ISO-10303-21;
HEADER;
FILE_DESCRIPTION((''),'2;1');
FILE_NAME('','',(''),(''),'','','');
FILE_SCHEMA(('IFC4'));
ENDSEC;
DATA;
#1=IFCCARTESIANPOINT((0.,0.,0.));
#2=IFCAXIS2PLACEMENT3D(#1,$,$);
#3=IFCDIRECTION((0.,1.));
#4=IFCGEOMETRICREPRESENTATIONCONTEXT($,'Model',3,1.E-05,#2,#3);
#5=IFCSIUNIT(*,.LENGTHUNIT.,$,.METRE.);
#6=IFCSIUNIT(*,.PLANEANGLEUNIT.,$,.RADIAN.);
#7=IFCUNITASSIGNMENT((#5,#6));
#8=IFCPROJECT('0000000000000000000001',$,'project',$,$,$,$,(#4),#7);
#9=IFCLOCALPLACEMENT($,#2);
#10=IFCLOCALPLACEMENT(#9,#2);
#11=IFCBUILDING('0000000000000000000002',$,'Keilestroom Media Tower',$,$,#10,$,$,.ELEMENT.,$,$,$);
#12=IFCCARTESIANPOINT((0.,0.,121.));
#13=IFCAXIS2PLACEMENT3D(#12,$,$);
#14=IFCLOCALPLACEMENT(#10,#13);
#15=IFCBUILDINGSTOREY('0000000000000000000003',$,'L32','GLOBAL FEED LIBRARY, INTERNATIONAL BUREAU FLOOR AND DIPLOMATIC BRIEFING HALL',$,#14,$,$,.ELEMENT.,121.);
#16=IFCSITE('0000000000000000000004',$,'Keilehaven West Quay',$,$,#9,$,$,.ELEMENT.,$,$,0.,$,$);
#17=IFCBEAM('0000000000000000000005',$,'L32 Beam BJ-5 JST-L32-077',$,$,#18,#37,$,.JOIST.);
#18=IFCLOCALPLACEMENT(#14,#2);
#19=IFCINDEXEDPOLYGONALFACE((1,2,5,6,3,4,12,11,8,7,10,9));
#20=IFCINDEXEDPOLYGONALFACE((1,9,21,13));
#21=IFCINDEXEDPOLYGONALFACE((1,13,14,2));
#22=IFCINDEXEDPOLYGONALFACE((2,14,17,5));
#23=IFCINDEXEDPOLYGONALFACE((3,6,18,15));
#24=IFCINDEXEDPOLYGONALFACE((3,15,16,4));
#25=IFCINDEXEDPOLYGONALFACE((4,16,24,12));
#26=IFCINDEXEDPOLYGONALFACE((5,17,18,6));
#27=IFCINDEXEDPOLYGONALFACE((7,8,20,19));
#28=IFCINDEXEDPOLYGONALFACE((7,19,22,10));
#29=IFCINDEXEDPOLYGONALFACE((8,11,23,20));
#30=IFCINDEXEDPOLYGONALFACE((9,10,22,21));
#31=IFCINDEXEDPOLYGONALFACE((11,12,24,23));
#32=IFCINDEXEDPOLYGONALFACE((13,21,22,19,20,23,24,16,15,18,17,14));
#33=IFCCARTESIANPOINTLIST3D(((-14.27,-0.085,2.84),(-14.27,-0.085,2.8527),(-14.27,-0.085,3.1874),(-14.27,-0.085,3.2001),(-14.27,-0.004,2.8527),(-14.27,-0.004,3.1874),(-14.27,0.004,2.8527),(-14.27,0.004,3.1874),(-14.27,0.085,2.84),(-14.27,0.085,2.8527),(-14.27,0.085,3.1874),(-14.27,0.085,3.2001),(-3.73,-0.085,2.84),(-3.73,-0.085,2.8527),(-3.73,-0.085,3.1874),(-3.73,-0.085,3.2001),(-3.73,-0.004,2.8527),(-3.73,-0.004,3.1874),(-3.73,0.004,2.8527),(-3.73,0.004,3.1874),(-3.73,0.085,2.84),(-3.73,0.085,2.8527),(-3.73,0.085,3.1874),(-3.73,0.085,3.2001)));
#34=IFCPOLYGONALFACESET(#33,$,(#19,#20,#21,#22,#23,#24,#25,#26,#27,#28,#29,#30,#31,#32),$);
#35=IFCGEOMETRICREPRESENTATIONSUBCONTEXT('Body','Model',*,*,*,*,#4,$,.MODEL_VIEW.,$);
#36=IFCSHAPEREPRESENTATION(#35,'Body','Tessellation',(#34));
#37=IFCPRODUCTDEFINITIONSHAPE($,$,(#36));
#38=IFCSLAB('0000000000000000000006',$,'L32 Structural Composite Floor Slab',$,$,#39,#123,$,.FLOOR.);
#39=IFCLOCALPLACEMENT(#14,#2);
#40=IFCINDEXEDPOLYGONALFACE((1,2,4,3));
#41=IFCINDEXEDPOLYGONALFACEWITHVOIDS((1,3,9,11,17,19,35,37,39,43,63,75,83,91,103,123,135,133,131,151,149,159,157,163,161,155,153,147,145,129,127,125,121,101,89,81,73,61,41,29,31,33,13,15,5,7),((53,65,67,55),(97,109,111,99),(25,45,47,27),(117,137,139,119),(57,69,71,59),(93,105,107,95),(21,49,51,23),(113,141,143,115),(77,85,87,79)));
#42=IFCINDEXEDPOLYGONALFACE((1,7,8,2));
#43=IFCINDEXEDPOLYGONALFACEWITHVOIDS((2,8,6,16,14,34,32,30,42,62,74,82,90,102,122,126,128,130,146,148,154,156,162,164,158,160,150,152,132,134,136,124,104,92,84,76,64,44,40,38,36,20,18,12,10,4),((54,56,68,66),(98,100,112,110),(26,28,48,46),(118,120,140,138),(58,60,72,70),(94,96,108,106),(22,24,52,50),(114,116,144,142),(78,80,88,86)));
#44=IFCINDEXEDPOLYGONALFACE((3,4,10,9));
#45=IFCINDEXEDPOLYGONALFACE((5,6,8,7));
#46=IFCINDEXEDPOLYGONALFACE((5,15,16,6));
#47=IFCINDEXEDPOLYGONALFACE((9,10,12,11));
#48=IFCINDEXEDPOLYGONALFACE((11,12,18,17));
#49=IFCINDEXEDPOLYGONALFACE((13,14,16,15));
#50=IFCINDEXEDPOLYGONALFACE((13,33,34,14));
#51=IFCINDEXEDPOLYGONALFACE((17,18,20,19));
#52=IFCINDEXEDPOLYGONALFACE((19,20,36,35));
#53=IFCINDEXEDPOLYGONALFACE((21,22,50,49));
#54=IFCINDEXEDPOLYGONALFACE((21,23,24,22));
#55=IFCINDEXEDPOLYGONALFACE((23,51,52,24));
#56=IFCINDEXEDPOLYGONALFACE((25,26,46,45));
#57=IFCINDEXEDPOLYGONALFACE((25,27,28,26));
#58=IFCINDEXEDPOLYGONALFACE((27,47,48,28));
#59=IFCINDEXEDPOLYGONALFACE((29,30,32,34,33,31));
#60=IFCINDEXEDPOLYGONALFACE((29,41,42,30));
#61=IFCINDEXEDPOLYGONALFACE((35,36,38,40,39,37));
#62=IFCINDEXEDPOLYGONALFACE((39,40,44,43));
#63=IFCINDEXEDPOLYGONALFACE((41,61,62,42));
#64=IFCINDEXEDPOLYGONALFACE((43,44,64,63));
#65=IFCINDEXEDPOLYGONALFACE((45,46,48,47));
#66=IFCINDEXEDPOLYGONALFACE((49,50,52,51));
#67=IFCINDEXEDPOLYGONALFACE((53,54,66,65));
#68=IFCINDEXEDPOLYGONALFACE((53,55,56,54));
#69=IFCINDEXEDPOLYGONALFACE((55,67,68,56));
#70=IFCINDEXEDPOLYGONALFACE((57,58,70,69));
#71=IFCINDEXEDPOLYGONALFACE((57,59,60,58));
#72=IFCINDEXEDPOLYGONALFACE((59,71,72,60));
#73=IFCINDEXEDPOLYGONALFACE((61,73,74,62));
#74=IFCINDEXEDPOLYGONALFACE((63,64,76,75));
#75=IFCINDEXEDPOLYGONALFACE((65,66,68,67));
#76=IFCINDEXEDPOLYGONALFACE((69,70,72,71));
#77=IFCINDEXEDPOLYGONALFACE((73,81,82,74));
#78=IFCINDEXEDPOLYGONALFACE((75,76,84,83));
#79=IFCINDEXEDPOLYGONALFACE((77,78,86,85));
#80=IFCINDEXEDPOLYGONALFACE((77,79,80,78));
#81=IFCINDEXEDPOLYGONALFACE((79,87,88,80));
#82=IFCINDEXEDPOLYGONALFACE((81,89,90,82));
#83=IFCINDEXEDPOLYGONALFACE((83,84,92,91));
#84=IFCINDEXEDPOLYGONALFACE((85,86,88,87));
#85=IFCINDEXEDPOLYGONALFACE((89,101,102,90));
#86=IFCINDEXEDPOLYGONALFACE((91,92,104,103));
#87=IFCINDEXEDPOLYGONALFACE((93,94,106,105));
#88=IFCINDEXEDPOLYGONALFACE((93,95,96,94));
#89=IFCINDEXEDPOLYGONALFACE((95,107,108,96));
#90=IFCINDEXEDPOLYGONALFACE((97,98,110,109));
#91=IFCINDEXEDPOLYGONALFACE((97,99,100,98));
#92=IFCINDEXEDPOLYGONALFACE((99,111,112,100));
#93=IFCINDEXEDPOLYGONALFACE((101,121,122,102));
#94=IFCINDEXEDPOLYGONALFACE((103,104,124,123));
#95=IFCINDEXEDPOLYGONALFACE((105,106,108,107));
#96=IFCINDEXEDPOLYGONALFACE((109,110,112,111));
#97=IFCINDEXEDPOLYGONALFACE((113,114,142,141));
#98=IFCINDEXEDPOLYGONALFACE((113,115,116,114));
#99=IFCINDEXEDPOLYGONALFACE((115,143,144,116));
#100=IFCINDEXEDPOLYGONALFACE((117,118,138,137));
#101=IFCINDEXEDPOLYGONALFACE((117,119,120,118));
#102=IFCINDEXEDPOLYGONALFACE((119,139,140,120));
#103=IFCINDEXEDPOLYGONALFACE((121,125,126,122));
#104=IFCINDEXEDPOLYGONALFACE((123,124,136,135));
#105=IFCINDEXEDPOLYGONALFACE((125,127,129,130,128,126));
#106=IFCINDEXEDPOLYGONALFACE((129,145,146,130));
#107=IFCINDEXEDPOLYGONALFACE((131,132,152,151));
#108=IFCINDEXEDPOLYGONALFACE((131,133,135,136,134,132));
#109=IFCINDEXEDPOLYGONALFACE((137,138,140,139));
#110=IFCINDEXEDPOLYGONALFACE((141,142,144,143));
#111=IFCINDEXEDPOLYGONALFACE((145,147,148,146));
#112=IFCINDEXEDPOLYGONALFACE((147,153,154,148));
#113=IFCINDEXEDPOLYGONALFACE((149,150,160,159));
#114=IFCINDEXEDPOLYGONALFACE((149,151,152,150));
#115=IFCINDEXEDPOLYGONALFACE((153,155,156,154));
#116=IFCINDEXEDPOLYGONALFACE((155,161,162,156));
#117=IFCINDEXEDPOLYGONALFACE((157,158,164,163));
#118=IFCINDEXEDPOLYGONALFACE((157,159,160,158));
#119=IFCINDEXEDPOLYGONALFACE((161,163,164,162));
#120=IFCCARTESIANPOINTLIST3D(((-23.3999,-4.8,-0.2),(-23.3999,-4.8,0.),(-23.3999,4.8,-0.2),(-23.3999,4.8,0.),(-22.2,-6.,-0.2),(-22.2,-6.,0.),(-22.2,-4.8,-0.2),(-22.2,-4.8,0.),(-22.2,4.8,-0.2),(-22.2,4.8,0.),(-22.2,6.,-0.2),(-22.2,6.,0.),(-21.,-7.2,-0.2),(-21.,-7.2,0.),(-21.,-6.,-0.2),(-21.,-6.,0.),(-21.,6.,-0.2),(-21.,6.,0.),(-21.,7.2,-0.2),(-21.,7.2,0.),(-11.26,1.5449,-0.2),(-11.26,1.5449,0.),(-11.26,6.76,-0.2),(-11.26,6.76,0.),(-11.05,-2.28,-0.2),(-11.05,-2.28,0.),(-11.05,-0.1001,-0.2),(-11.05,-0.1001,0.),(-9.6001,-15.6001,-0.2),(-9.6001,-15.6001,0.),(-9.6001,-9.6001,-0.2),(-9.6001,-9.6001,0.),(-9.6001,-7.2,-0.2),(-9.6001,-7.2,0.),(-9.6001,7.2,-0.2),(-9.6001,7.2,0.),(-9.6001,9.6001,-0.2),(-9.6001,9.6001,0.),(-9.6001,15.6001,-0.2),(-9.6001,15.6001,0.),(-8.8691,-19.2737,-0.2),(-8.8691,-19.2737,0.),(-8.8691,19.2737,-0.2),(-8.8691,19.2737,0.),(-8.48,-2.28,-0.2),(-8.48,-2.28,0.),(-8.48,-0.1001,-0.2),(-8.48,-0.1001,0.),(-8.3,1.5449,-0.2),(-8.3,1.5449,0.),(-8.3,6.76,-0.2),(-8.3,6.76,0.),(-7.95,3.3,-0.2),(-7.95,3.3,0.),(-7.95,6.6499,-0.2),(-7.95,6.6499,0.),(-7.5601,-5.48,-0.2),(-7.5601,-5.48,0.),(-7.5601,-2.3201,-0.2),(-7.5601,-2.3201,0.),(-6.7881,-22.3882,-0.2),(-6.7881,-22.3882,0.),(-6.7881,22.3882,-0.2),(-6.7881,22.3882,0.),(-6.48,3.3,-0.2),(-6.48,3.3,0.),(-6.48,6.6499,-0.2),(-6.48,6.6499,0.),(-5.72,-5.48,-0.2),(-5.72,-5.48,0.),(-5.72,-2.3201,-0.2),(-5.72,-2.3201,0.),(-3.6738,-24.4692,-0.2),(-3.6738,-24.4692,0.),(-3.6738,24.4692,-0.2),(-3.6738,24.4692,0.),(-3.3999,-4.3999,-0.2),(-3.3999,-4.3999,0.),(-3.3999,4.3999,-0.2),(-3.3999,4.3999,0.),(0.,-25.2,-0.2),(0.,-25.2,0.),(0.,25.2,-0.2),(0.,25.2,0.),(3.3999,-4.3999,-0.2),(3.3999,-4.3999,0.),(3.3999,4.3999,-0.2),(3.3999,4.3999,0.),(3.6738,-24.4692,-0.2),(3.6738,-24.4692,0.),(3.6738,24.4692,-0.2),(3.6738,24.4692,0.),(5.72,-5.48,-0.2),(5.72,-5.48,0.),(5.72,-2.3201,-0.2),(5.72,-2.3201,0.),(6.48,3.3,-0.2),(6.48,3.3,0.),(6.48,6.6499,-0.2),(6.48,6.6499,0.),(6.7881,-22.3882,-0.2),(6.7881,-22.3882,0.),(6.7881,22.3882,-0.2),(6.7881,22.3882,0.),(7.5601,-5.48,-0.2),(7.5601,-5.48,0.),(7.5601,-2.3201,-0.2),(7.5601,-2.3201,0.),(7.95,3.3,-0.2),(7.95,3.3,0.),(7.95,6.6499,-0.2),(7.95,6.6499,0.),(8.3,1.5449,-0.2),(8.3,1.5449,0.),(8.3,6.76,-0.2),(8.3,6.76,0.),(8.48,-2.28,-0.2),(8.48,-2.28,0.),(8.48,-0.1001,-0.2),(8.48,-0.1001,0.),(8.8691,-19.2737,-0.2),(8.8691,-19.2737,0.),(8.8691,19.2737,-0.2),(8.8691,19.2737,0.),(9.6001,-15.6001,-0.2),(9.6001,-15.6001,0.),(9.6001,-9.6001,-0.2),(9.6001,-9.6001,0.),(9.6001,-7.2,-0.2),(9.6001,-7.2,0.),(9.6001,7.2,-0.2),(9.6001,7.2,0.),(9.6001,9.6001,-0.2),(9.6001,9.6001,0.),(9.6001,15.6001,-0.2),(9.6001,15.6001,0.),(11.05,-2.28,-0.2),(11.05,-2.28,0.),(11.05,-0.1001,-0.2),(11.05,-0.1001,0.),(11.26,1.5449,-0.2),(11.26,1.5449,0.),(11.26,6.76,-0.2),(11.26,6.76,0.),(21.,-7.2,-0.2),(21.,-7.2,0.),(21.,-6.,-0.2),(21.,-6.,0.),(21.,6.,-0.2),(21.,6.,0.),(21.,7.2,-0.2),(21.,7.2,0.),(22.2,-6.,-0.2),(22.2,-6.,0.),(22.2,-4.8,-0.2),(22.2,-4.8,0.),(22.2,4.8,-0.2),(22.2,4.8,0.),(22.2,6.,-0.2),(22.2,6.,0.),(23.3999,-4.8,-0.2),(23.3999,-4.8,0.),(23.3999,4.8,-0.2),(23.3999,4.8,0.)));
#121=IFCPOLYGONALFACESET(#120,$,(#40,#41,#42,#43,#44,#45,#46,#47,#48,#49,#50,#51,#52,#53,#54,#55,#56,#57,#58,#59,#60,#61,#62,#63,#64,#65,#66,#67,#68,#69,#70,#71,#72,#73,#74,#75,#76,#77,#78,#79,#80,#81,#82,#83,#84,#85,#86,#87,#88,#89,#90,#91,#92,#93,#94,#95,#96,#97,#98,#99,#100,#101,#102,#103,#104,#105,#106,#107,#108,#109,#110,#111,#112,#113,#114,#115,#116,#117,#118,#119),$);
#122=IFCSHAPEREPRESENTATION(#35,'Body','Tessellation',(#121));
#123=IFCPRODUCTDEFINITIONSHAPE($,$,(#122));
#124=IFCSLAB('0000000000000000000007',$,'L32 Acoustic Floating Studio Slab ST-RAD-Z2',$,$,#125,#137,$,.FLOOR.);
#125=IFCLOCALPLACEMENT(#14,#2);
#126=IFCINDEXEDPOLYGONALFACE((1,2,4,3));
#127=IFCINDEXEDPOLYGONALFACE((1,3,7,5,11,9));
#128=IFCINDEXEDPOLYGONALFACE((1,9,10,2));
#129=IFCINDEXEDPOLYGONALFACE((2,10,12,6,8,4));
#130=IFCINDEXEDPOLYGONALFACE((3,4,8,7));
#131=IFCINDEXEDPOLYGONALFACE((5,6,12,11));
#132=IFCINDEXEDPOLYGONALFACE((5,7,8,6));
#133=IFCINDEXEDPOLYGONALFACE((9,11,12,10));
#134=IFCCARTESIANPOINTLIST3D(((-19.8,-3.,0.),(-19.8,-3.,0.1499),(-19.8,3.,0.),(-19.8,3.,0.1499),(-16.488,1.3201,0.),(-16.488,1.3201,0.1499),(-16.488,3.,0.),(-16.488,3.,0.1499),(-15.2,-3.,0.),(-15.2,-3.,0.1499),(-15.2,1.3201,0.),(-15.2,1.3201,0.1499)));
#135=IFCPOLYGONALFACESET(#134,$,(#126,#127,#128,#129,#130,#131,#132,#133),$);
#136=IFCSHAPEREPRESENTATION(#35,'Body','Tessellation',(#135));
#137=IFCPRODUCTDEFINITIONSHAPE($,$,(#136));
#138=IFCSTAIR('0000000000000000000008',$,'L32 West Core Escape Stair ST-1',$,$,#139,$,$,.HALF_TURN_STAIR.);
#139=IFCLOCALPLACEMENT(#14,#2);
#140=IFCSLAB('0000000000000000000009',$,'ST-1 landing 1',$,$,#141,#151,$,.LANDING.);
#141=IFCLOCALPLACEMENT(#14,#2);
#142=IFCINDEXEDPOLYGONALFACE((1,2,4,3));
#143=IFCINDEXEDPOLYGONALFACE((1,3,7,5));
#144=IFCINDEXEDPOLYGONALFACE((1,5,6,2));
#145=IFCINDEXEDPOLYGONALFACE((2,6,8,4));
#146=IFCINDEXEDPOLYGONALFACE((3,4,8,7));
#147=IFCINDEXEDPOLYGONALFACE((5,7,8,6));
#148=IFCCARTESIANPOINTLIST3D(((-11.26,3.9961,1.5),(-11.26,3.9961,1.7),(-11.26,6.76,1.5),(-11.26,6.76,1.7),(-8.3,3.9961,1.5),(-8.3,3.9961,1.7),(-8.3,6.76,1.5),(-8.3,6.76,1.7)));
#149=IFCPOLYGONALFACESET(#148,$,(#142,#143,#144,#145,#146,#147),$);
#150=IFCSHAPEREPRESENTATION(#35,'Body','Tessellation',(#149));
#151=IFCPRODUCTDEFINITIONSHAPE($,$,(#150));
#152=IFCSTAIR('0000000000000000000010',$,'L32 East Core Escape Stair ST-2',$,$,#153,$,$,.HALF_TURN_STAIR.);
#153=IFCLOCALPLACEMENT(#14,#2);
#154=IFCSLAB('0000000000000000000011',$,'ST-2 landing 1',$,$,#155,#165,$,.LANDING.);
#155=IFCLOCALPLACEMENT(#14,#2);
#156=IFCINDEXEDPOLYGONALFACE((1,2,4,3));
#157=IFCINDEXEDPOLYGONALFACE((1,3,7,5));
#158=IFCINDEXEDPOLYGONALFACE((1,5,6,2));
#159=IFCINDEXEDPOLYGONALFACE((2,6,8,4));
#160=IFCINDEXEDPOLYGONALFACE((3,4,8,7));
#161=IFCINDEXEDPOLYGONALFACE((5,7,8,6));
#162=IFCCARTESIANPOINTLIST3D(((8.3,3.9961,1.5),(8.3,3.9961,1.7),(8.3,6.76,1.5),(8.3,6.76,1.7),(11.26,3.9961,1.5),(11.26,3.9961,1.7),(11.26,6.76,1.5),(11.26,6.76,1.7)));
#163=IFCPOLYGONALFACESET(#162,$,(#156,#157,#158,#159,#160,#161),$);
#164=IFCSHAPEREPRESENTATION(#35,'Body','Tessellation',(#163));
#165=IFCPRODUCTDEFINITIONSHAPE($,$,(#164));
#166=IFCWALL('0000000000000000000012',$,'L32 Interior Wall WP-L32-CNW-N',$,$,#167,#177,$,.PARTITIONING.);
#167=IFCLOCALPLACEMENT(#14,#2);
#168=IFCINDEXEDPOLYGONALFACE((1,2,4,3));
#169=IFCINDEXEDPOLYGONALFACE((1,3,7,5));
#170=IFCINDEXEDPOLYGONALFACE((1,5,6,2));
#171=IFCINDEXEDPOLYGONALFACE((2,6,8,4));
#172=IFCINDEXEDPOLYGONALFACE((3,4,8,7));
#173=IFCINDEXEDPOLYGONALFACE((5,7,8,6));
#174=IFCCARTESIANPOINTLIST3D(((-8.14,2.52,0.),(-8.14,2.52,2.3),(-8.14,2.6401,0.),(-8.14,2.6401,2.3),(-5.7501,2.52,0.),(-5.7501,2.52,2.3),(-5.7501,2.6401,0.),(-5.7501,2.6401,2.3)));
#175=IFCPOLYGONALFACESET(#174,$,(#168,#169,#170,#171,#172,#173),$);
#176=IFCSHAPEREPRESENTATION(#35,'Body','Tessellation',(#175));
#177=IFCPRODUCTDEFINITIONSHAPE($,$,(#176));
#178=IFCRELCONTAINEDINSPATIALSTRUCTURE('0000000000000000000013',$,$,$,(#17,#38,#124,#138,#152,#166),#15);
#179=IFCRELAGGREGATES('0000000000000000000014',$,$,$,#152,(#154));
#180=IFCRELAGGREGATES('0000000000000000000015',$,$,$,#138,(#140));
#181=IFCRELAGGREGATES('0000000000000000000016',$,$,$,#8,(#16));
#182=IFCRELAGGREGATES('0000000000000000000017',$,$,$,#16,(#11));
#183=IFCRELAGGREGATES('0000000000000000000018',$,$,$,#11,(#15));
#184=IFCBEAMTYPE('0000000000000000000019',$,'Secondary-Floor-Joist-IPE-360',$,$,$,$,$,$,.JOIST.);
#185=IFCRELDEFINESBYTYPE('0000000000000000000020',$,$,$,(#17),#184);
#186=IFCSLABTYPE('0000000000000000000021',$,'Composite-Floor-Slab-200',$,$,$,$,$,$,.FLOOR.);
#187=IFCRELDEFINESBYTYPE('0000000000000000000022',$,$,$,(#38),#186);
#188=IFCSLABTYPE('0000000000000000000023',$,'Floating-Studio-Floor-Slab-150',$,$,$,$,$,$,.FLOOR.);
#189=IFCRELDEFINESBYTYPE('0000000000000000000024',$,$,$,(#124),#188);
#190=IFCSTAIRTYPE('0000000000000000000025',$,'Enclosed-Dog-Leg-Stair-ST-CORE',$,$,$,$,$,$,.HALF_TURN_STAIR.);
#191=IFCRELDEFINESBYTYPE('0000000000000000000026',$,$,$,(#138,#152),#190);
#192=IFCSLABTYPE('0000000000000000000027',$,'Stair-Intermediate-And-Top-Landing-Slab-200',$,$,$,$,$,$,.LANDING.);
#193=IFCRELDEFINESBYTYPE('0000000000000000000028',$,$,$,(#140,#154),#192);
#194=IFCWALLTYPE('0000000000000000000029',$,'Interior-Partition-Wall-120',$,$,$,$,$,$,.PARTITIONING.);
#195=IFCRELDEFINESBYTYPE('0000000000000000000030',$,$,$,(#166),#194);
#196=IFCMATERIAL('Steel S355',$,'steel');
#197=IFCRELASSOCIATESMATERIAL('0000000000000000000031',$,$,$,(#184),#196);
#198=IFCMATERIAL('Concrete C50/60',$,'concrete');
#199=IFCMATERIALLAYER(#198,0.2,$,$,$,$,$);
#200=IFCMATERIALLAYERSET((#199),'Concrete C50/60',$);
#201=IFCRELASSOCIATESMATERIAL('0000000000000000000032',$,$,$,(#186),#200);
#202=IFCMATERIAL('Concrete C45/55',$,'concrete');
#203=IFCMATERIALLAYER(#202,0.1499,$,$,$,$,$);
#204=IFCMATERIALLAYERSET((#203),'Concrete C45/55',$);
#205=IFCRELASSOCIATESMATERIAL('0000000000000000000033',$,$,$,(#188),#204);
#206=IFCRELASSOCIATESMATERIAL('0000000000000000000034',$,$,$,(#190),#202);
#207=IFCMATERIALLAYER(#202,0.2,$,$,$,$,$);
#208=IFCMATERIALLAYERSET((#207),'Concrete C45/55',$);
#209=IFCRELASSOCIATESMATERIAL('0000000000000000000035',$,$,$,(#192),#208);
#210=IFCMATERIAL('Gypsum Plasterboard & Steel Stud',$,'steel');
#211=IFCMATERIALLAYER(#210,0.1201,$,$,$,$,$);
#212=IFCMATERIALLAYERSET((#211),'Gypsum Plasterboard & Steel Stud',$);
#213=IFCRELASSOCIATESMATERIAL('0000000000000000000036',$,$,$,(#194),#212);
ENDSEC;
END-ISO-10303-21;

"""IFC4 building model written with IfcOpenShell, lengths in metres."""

from ifc_helpers import new_model, si_unit, direction, frame, frame_2d, origin, origin_2d, place, context, subcontext, project, spatial, polyline, rectangle, i_section, outline, extrude, source, transform, mapped, material, layer, layer_set, material_profile, profile_set, type_object, element, aggregate, save


model = new_model("IFC4")

# Units and contexts
model_context = context("Model", 3, precision=1e-05, world=origin(), true_north=direction((0.0, 1.0)))
body_context = subcontext(model_context, "Body", "Model", "MODEL_VIEW")
ifc_project = project(units=[si_unit("LENGTHUNIT", "METRE"), si_unit("PLANEANGLEUNIT", "RADIAN")], contexts=[model_context])

# Site, building, storey
site_placement = place(None, origin())
site = spatial("IfcSite", under=ifc_project, at=site_placement, Name="Keilehaven West Quay", CompositionType="ELEMENT", RefElevation=0.0)
building_placement = place(site_placement, origin())
building = spatial("IfcBuilding", under=site, at=building_placement, Name="Keilestroom Media Tower", CompositionType="ELEMENT")
storey_placement = place(building_placement, frame((0.0, 0.0, 121.0)))
storey = spatial("IfcBuildingStorey", under=building, at=storey_placement, Name="L32", Description="GLOBAL FEED LIBRARY, INTERNATIONAL BUREAU FLOOR AND DIPLOMATIC BRIEFING HALL", CompositionType="ELEMENT", Elevation=121.0)

# Beam
ifc_material_1 = material(Name="Steel S355", Category="steel")
ifc_material_profile = material_profile(ifc_material_1, i_section(OverallWidth=0.1699, OverallDepth=0.3601, WebThickness=0.0081, FlangeThickness=0.0127, at=origin_2d()), Name="IPE 360")
ifc_profile_set = profile_set([ifc_material_profile], Name="Steel S355")
beam_type = type_object("IfcBeamType", Name="Secondary-Floor-Joist-IPE-360", PredefinedType="JOIST", material=ifc_profile_set)
shared_shape_1 = source(origin(), body_context, "Body", "SweptSolid", [
    extrude(i_section(OverallWidth=0.1699, OverallDepth=0.3601, WebThickness=0.0081, FlangeThickness=0.0127, at=origin_2d()), origin(), (0.0, 0.0, 1.0), 10.54),
])
beam_placement = place(storey_placement, frame((-14.27, 0.0, 3.02), z_axis=(1.0, 0.0, 0.0), x_axis=(0.0, 1.0, 0.0)))
element("IfcBeam", 1, at=beam_placement, inside=storey, type_object=beam_type, Name="L32 Beam BJ-5 JST-L32-077", PredefinedType="JOIST", context=body_context, shape_type="MappedRepresentation", body=[
    mapped(shared_shape_1, transform((0.0, 0.0, 0.0), x_axis=(1.0, 0.0, 0.0), y_axis=(0.0, 1.0, 0.0), z_axis=(0.0, 0.0, 1.0), scale=1.0)),
])

# Slabs
ifc_material_2 = material(Name="Concrete C50/60", Category="concrete")
ifc_layer_1 = layer(ifc_material_2, 0.2)
ifc_layer_set_1 = layer_set([ifc_layer_1], Name="Concrete C50/60")
slab_type_1 = type_object("IfcSlabType", Name="Composite-Floor-Slab-200", PredefinedType="FLOOR", material=ifc_layer_set_1)
slab_1_placement = place(storey_placement, frame((0.0, 0.0, -0.2)))
element("IfcSlab", 2, at=slab_1_placement, inside=storey, type_object=slab_type_1, Name="L32 Structural Composite Floor Slab", PredefinedType="FLOOR", context=body_context, shape_type="SweptSolid", body=[
    extrude(outline(polyline([(23.3999, -4.8), (23.3999, 4.8), (22.2, 4.8), (22.2, 6.0), (21.0, 6.0), (21.0, 7.2), (9.6001, 7.2), (9.6001, 9.6001), (9.6001, 15.6001), (8.8691, 19.2737), (6.7881, 22.3882), (3.6738, 24.4692), (0.0, 25.2), (-3.6738, 24.4692), (-6.7881, 22.3882), (-8.8691, 19.2737), (-9.6001, 15.6001), (-9.6001, 9.6001), (-9.6001, 7.2), (-21.0, 7.2), (-21.0, 6.0), (-22.2, 6.0), (-22.2, 4.8), (-23.3999, 4.8), (-23.3999, -4.8), (-22.2, -4.8), (-22.2, -6.0), (-21.0, -6.0), (-21.0, -7.2), (-9.6001, -7.2), (-9.6001, -9.6001), (-9.6001, -15.6001), (-8.8691, -19.2737), (-6.7881, -22.3882), (-3.6738, -24.4692), (0.0, -25.2), (3.6738, -24.4692), (6.7881, -22.3882), (8.8691, -19.2737), (9.6001, -15.6001), (9.6001, -9.6001), (9.6001, -7.2), (21.0, -7.2), (21.0, -6.0), (22.2, -6.0), (22.2, -4.8), (23.3999, -4.8)]), holes=[polyline([(-11.26, 1.5449), (-11.26, 6.76), (-8.3, 6.76), (-8.3, 1.5449), (-11.26, 1.5449)]), polyline([(-11.05, -2.28), (-11.05, -0.1001), (-8.48, -0.1001), (-8.48, -2.28), (-11.05, -2.28)]), polyline([(-7.95, 3.3), (-7.95, 6.6499), (-6.48, 6.6499), (-6.48, 3.3), (-7.95, 3.3)]), polyline([(-7.5601, -2.3201), (-5.72, -2.3201), (-5.72, -5.48), (-7.5601, -5.48), (-7.5601, -2.3201)]), polyline([(3.3999, -4.3999), (-3.3999, -4.3999), (-3.3999, 4.3999), (3.3999, 4.3999), (3.3999, -4.3999)]), polyline([(7.5601, -2.3201), (7.5601, -5.48), (5.72, -5.48), (5.72, -2.3201), (7.5601, -2.3201)]), polyline([(6.48, 3.3), (6.48, 6.6499), (7.95, 6.6499), (7.95, 3.3), (6.48, 3.3)]), polyline([(8.3, 1.5449), (8.3, 6.76), (11.26, 6.76), (11.26, 1.5449), (8.3, 1.5449)]), polyline([(8.48, -2.28), (8.48, -0.1001), (11.05, -0.1001), (11.05, -2.28), (8.48, -2.28)])]), origin(), (0.0, 0.0, 1.0), 0.2),
])
ifc_material_3 = material(Name="Concrete C45/55", Category="concrete")
ifc_layer_2 = layer(ifc_material_3, 0.1499)
ifc_layer_set_2 = layer_set([ifc_layer_2], Name="Concrete C45/55")
slab_type_2 = type_object("IfcSlabType", Name="Floating-Studio-Floor-Slab-150", PredefinedType="FLOOR", material=ifc_layer_set_2)
slab_2_placement = place(storey_placement, origin())
element("IfcSlab", 3, at=slab_2_placement, inside=storey, type_object=slab_type_2, Name="L32 Acoustic Floating Studio Slab ST-RAD-Z2", PredefinedType="FLOOR", context=body_context, shape_type="SweptSolid", body=[
    extrude(outline(polyline([(-19.8, -3.0), (-15.2, -3.0), (-15.2, 1.3201), (-16.488, 1.3201), (-16.488, 3.0), (-19.8, 3.0), (-19.8, -3.0)])), origin(), (0.0, 0.0, 1.0), 0.1499),
])

# Stairs, slabs
stair_type = type_object("IfcStairType", Name="Enclosed-Dog-Leg-Stair-ST-CORE", PredefinedType="HALF_TURN_STAIR", material=ifc_material_3)
stair_1_placement = place(storey_placement, origin())
stair_1 = element("IfcStair", 4, at=stair_1_placement, inside=storey, type_object=stair_type, Name="L32 West Core Escape Stair ST-1", PredefinedType="HALF_TURN_STAIR")
ifc_layer_3 = layer(ifc_material_3, 0.2)
ifc_layer_set_3 = layer_set([ifc_layer_3], Name="Concrete C45/55")
slab_type_3 = type_object("IfcSlabType", Name="Stair-Intermediate-And-Top-Landing-Slab-200", PredefinedType="LANDING", material=ifc_layer_set_3)
slab_3_placement = place(storey_placement, frame((0.0, 0.0, 1.5)))
slab_3 = element("IfcSlab", 5, at=slab_3_placement, type_object=slab_type_3, Name="ST-1 landing 1", PredefinedType="LANDING", context=body_context, shape_type="SweptSolid", body=[
    extrude(outline(polyline([(-8.3, 3.9961), (-8.3, 6.76), (-11.26, 6.76), (-11.26, 3.9961), (-8.3, 3.9961)])), origin(), (0.0, 0.0, 1.0), 0.2),
])
stair_2_placement = place(storey_placement, origin())
stair_2 = element("IfcStair", 6, at=stair_2_placement, inside=storey, type_object=stair_type, Name="L32 East Core Escape Stair ST-2", PredefinedType="HALF_TURN_STAIR")
slab_4_placement = place(storey_placement, frame((0.0, 0.0, 1.5)))
slab_4 = element("IfcSlab", 7, at=slab_4_placement, type_object=slab_type_3, Name="ST-2 landing 1", PredefinedType="LANDING", context=body_context, shape_type="SweptSolid", body=[
    extrude(outline(polyline([(11.26, 3.9961), (11.26, 6.76), (8.3, 6.76), (8.3, 3.9961), (11.26, 3.9961)])), origin(), (0.0, 0.0, 1.0), 0.2),
])
aggregate(stair_2, [slab_4])

# Wall
ifc_material_4 = material(Name="Gypsum Plasterboard & Steel Stud", Category="steel")
ifc_layer_4 = layer(ifc_material_4, 0.1201)
ifc_layer_set_4 = layer_set([ifc_layer_4], Name="Gypsum Plasterboard & Steel Stud")
wall_type_1 = type_object("IfcWallType", Name="Interior-Partition-Wall-120", PredefinedType="PARTITIONING", material=ifc_layer_set_4)
wall_1_placement = place(storey_placement, frame((-8.1399, 2.5801, 0.0), z_axis=(0.0, 0.0, 1.0), x_axis=(1.0, 0.0, 0.0)))
element("IfcWall", 8, at=wall_1_placement, inside=storey, type_object=wall_type_1, Name="L32 Interior Wall WP-L32-CNW-N", PredefinedType="PARTITIONING", context=body_context, shape_type="SweptSolid", body=[
    extrude(rectangle(XDim=2.3899, YDim=0.1201, at=frame_2d((1.1948, 0.0))), origin(), (0.0, 0.0, 1.0), 2.3),
])

aggregate(stair_1, [slab_3])

save(model, "model.ifc")
